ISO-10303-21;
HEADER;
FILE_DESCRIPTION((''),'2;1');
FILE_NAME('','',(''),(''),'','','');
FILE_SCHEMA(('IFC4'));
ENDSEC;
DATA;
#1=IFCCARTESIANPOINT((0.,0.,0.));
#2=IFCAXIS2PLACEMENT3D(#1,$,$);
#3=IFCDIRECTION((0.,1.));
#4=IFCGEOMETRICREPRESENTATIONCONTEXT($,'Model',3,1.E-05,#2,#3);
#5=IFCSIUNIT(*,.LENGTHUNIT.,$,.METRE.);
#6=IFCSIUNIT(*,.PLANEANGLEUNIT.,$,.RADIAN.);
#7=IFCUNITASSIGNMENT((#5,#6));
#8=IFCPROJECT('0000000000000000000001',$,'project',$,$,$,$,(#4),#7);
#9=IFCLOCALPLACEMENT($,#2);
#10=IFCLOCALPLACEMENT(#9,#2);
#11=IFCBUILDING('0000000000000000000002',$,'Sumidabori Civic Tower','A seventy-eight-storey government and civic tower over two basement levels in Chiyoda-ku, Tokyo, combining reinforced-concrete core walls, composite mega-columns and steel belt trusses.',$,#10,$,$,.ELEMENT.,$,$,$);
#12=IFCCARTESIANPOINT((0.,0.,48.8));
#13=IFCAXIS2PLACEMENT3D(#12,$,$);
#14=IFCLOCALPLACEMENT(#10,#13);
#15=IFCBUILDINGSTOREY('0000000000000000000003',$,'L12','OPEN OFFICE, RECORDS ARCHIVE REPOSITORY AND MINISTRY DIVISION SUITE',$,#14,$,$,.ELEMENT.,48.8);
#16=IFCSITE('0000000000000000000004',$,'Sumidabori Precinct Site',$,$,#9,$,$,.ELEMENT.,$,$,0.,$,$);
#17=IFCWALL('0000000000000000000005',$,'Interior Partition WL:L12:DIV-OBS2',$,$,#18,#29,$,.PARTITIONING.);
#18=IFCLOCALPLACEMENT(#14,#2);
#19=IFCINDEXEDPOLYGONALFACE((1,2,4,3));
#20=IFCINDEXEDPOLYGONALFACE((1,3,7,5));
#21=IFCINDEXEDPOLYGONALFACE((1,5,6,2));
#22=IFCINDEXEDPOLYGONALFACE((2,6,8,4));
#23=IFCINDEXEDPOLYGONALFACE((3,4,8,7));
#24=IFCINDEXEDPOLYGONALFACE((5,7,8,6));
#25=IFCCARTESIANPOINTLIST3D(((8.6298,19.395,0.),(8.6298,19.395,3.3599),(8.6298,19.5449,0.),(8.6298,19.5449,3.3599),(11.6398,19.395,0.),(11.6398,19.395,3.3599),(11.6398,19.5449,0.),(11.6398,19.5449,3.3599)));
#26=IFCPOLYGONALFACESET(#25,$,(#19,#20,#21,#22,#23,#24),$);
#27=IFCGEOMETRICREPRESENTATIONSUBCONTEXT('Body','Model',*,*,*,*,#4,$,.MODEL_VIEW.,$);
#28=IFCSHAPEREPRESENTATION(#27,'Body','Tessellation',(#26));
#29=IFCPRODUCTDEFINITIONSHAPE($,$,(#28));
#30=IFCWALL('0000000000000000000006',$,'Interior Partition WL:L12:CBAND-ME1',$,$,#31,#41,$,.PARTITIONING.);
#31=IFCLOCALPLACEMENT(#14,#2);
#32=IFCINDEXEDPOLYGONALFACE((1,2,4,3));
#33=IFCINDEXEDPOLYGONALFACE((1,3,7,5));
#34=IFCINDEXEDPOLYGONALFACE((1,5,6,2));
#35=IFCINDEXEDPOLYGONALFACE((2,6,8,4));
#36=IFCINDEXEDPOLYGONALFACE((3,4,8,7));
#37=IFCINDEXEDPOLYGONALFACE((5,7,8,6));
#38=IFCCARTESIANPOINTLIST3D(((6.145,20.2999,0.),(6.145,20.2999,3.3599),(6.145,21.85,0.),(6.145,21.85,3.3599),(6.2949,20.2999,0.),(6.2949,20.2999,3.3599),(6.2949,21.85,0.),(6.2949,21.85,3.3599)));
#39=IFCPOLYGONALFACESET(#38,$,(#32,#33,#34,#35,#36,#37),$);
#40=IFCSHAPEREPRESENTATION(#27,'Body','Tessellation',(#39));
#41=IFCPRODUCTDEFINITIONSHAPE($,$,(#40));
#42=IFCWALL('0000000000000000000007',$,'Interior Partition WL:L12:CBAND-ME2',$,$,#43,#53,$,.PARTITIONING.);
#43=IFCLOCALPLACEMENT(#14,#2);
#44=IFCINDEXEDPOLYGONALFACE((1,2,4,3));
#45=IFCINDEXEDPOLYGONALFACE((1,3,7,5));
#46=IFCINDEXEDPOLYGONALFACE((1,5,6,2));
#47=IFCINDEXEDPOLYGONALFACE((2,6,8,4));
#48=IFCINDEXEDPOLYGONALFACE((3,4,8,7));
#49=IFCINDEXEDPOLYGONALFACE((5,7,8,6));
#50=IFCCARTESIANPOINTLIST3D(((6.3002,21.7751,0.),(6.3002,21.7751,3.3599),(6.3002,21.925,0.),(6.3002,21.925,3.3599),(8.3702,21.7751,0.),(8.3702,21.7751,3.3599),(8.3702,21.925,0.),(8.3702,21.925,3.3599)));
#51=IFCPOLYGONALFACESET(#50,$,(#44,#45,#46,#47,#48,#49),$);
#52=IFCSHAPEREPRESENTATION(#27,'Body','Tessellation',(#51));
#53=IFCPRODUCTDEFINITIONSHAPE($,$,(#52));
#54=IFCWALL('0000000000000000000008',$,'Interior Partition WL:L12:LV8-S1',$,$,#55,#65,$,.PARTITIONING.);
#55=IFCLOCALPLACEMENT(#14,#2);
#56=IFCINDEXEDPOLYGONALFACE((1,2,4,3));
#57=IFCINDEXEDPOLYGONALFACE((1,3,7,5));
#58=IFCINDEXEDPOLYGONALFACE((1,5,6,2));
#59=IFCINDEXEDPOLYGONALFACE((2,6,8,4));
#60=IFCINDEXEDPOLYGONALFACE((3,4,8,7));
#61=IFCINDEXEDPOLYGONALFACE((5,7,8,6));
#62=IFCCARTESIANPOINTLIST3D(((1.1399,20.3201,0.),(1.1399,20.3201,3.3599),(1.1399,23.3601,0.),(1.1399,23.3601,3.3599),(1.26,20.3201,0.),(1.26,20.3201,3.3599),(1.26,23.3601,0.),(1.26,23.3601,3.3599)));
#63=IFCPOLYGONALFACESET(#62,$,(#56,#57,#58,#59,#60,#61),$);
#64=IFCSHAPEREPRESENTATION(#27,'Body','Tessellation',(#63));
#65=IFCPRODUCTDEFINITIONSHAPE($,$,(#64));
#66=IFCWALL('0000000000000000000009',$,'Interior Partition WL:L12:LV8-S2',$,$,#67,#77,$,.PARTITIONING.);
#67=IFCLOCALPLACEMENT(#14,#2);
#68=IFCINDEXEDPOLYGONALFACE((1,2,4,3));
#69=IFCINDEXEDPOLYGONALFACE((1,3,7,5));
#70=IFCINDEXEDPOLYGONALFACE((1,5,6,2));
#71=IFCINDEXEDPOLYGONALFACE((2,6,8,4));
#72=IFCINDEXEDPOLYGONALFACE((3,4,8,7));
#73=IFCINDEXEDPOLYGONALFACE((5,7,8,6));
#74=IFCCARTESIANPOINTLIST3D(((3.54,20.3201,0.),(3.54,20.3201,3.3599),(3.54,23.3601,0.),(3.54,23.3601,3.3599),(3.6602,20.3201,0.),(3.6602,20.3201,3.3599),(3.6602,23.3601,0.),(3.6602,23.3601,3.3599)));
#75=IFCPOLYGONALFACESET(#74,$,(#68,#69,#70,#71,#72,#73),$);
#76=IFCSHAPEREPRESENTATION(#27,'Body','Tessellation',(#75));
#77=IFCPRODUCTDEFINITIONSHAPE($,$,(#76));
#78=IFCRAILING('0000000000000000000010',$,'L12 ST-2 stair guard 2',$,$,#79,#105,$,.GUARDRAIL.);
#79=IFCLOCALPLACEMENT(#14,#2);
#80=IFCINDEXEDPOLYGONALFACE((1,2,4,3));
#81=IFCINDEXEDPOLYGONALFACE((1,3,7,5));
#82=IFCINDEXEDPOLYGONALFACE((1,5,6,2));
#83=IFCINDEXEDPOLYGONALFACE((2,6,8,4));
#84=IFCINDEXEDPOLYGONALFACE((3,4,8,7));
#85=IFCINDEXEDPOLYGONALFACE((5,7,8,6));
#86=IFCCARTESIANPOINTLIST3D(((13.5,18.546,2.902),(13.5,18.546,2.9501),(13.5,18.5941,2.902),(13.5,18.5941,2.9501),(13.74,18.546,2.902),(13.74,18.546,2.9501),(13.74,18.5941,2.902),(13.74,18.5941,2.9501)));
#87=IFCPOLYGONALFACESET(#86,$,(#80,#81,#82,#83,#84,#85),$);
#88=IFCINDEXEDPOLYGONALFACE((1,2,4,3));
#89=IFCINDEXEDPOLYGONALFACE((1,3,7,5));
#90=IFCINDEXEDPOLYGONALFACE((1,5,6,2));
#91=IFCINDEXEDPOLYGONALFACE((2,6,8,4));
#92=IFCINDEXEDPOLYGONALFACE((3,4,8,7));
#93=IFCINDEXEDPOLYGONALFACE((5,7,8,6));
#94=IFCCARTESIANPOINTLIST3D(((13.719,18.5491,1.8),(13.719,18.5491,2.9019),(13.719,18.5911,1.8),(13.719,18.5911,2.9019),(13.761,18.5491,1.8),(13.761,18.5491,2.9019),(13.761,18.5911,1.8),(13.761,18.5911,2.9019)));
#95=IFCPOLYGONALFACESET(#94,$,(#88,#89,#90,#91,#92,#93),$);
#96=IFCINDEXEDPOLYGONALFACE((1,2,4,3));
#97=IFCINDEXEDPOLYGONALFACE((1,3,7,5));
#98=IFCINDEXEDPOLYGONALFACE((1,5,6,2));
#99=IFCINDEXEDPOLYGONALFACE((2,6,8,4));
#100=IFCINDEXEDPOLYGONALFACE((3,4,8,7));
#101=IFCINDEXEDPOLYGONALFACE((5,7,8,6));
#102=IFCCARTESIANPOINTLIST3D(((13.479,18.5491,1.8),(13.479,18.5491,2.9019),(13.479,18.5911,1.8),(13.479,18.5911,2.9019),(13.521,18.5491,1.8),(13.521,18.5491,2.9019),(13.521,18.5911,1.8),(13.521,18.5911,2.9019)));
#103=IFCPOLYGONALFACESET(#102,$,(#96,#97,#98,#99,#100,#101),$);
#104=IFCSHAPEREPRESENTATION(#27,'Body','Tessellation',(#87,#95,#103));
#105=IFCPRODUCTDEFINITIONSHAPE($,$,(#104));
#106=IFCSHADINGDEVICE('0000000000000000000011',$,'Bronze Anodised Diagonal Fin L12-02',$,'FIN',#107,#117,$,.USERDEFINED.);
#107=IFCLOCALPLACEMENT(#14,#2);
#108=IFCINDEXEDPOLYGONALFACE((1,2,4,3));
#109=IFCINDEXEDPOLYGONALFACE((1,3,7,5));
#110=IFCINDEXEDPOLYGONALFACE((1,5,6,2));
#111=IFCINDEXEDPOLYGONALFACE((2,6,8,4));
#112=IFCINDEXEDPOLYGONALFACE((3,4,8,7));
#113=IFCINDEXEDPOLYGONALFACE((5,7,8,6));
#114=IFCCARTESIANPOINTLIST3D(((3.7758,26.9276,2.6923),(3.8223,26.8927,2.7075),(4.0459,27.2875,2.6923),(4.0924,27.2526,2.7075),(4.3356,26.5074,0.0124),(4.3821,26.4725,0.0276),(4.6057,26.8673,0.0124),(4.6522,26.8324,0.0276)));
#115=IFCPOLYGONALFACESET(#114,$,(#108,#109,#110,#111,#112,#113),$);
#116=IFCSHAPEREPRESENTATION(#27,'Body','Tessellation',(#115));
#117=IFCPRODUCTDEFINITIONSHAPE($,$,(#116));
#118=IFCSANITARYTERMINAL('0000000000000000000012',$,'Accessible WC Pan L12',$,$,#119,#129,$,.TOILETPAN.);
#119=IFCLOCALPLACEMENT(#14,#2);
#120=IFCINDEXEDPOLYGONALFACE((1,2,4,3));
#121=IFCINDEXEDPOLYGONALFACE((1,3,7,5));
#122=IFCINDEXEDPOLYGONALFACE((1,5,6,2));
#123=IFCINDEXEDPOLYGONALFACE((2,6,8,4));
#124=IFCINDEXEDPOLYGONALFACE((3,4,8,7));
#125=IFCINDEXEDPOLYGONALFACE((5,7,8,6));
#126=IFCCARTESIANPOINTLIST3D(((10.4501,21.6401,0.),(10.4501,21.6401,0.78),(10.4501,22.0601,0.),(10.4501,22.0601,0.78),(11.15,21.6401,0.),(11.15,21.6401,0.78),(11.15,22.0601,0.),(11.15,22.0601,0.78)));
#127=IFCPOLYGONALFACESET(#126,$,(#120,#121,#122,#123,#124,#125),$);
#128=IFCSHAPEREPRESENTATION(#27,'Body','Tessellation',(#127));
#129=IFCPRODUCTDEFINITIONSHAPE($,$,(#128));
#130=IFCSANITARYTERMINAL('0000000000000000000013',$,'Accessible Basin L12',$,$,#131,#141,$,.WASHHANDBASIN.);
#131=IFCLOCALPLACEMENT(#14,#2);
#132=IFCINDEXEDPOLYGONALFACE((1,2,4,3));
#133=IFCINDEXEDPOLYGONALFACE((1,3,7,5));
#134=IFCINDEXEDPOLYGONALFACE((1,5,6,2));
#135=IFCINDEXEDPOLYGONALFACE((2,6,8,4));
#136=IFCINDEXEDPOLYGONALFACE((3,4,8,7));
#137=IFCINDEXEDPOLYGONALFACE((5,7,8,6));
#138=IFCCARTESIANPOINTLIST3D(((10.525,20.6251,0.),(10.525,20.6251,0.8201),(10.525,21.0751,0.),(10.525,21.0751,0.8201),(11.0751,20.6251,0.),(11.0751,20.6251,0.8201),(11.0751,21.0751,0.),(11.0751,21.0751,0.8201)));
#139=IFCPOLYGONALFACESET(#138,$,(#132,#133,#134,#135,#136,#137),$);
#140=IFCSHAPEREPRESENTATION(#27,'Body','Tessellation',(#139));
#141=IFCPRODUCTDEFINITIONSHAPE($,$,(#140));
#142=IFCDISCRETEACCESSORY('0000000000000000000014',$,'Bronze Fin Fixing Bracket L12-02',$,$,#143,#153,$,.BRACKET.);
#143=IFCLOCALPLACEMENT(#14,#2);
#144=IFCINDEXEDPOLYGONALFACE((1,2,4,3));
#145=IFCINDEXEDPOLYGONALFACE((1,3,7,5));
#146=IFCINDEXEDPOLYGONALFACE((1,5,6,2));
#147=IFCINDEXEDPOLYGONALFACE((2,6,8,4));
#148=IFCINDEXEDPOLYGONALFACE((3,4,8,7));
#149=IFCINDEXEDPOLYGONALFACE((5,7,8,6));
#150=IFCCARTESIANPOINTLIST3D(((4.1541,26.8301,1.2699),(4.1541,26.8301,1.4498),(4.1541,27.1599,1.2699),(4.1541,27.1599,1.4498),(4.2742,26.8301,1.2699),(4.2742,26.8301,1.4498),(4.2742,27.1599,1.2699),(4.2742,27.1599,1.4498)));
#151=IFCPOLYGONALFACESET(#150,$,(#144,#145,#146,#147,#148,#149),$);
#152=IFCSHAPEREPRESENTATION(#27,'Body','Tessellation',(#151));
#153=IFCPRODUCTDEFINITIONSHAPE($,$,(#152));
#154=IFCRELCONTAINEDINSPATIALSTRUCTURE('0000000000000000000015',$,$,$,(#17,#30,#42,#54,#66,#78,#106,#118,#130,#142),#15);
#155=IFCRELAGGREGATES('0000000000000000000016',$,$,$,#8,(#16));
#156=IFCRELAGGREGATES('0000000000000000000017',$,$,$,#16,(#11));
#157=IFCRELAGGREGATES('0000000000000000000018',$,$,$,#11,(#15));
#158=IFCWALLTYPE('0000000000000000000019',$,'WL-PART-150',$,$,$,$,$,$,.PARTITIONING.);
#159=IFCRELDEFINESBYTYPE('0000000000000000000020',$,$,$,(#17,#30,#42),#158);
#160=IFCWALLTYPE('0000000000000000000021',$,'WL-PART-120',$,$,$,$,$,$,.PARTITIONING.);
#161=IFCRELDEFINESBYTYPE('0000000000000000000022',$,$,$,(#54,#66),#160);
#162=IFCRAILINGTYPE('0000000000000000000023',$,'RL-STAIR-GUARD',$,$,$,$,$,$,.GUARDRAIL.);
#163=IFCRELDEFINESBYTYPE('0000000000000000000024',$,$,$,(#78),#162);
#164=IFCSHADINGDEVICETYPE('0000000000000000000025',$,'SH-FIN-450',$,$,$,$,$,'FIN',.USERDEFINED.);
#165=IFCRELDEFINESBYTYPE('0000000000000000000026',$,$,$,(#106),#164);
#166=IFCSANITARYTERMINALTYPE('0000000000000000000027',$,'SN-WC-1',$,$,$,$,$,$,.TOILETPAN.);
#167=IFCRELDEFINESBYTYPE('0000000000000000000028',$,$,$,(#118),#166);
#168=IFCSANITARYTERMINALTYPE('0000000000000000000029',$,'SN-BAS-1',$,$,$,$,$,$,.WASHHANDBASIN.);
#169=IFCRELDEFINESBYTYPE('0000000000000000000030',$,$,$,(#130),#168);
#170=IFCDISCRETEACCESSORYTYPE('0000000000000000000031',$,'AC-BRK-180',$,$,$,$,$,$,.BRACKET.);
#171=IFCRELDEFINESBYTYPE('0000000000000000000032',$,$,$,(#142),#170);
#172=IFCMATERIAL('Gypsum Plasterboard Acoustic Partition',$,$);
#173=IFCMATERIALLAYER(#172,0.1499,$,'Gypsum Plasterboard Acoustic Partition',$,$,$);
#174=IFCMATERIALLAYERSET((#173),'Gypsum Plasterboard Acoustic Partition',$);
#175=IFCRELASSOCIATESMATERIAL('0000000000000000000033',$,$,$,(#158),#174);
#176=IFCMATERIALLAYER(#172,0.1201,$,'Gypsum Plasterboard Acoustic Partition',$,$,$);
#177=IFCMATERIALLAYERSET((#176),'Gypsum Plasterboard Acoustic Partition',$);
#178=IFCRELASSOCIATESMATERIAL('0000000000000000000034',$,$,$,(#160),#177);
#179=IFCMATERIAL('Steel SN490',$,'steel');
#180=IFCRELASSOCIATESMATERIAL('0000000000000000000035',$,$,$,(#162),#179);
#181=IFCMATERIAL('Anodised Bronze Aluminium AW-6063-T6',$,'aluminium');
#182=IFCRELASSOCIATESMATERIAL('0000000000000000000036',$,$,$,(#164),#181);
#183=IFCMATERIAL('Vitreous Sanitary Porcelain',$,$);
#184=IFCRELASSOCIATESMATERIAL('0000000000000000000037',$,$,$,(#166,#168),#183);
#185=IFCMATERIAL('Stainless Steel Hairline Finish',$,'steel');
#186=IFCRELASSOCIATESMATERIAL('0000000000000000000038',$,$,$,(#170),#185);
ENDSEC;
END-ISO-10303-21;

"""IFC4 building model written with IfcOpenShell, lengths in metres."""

from ifc_helpers import new_model, si_unit, direction, frame, frame_2d, origin, origin_2d, place, context, subcontext, project, spatial, rectangle, extrude, source, transform, mapped, material, layer, layer_set, material_profile, profile_set, type_object, element, save


model = new_model("IFC4")

# Units and contexts
model_context = context("Model", 3, precision=1e-05, world=origin(), true_north=direction((0.0, 1.0)))
body_context = subcontext(model_context, "Body", "Model", "MODEL_VIEW")
ifc_project = project(units=[si_unit("LENGTHUNIT", "METRE"), si_unit("PLANEANGLEUNIT", "RADIAN")], contexts=[model_context])

# Site, building, storey
site_placement = place(None, origin())
site = spatial("IfcSite", under=ifc_project, at=site_placement, Name="Sumidabori Precinct Site", CompositionType="ELEMENT", RefElevation=0.0)
building_placement = place(site_placement, origin())
building = spatial("IfcBuilding", under=site, at=building_placement, Name="Sumidabori Civic Tower", Description="A seventy-eight-storey government and civic tower over two basement levels in Chiyoda-ku, Tokyo, combining reinforced-concrete core walls, composite mega-columns and steel belt trusses.", CompositionType="ELEMENT")
storey_placement = place(building_placement, frame((0.0, 0.0, 48.8)))
storey = spatial("IfcBuildingStorey", under=building, at=storey_placement, Name="L12", Description="OPEN OFFICE, RECORDS ARCHIVE REPOSITORY AND MINISTRY DIVISION SUITE", CompositionType="ELEMENT", Elevation=48.8)

# Shared definitions
ifc_material_1 = material(Name="Steel SN490", Category="steel")

# Shared definitions
ifc_material_2 = material(Name="Anodised Bronze Aluminium AW-6063-T6", Category="aluminium")

# Walls
ifc_material_3 = material(Name="Gypsum Plasterboard Acoustic Partition")
ifc_layer_1 = layer(ifc_material_3, 0.1499, Name="Gypsum Plasterboard Acoustic Partition")
ifc_layer_set_1 = layer_set([ifc_layer_1], Name="Gypsum Plasterboard Acoustic Partition")
wall_type_1 = type_object("IfcWallType", Name="WL-PART-150", PredefinedType="PARTITIONING", material=ifc_layer_set_1)
shared_shape_1 = source(origin(), body_context, "Body", "SweptSolid", [
    extrude(rectangle(XDim=3.01, YDim=0.1499, at=frame_2d((1.5049, 0.0))), origin(), (0.0, 0.0, 1.0), 3.3599),
])
wall_1_placement = place(storey_placement, frame((8.6299, 19.47, 0.0), z_axis=(0.0, 0.0, 1.0), x_axis=(1.0, 0.0, 0.0)))
element("IfcWall", 1, at=wall_1_placement, inside=storey, type_object=wall_type_1, Name="Interior Partition WL:L12:DIV-OBS2", PredefinedType="PARTITIONING", context=body_context, shape_type="MappedRepresentation", body=[
    mapped(shared_shape_1, transform((0.0, 0.0, 0.0), x_axis=(1.0, 0.0, 0.0), y_axis=(0.0, 1.0, 0.0), z_axis=(0.0, 0.0, 1.0), scale=1.0)),
])
shared_shape_2 = source(origin(), body_context, "Body", "SweptSolid", [
    extrude(rectangle(XDim=1.55, YDim=0.1499, at=frame_2d((0.7749, 0.0))), origin(), (0.0, 0.0, 1.0), 3.3599),
])
wall_2_placement = place(storey_placement, frame((6.22, 20.3, 0.0), z_axis=(0.0, 0.0, 1.0), x_axis=(0.0, 1.0, 0.0)))
element("IfcWall", 2, at=wall_2_placement, inside=storey, type_object=wall_type_1, Name="Interior Partition WL:L12:CBAND-ME1", PredefinedType="PARTITIONING", context=body_context, shape_type="MappedRepresentation", body=[
    mapped(shared_shape_2, transform((0.0, 0.0, 0.0), x_axis=(1.0, 0.0, 0.0), y_axis=(0.0, 1.0, 0.0), z_axis=(0.0, 0.0, 1.0), scale=1.0)),
])
shared_shape_3 = source(origin(), body_context, "Body", "SweptSolid", [
    extrude(rectangle(XDim=2.0701, YDim=0.1499, at=frame_2d((1.0352, 0.0))), origin(), (0.0, 0.0, 1.0), 3.3599),
])
wall_3_placement = place(storey_placement, frame((6.3, 21.8501, 0.0), z_axis=(0.0, 0.0, 1.0), x_axis=(1.0, 0.0, 0.0)))
element("IfcWall", 3, at=wall_3_placement, inside=storey, type_object=wall_type_1, Name="Interior Partition WL:L12:CBAND-ME2", PredefinedType="PARTITIONING", context=body_context, shape_type="MappedRepresentation", body=[
    mapped(shared_shape_3, transform((0.0, 0.0, 0.0), x_axis=(1.0, 0.0, 0.0), y_axis=(0.0, 1.0, 0.0), z_axis=(0.0, 0.0, 1.0), scale=1.0)),
])
ifc_layer_2 = layer(ifc_material_3, 0.1201, Name="Gypsum Plasterboard Acoustic Partition")
ifc_layer_set_2 = layer_set([ifc_layer_2], Name="Gypsum Plasterboard Acoustic Partition")
wall_type_2 = type_object("IfcWallType", Name="WL-PART-120", PredefinedType="PARTITIONING", material=ifc_layer_set_2)
shared_shape_4 = source(origin(), body_context, "Body", "SweptSolid", [
    extrude(rectangle(XDim=3.04, YDim=0.1201, at=frame_2d((1.52, 0.0))), origin(), (0.0, 0.0, 1.0), 3.3599),
])
for number, where, z_axis, x_axis, name in (
    (4, (1.2, 20.3201, 0.0), (0.0, 0.0, 1.0), (0.0, 1.0, 0.0), "Interior Partition WL:L12:LV8-S1"),
    (5, (3.6001, 20.3201, 0.0), (0.0, 0.0, 1.0), (0.0, 1.0, 0.0), "Interior Partition WL:L12:LV8-S2"),
):
    element("IfcWall", number, at=place(storey_placement, frame(where, z_axis=z_axis, x_axis=x_axis)), inside=storey, type_object=wall_type_2, Name=name, PredefinedType="PARTITIONING", context=body_context, shape_type="MappedRepresentation", body=[
        mapped(shared_shape_4, transform((0.0, 0.0, 0.0), x_axis=(1.0, 0.0, 0.0), y_axis=(0.0, 1.0, 0.0), z_axis=(0.0, 0.0, 1.0), scale=1.0)),
    ])

# Railing
railing_type = type_object("IfcRailingType", Name="RL-STAIR-GUARD", PredefinedType="GUARDRAIL", material=ifc_material_1)
railing_placement = place(storey_placement, frame((13.74, 18.5701, 1.8)))
element("IfcRailing", 6, at=railing_placement, inside=storey, type_object=railing_type, Name="L12 ST-2 stair guard 2", PredefinedType="GUARDRAIL", context=body_context, shape_type="SweptSolid", body=[
    extrude(rectangle(XDim=0.0481, YDim=0.0481, at=origin_2d()), frame((0.0, 0.0, 1.126), z_axis=(-1.0, 0.0, 0.0), x_axis=(0.0, -1.0, 0.0)), (0.0, 0.0, 1.0), 0.24),
    extrude(rectangle(XDim=0.042, YDim=0.042, at=origin_2d()), origin(), (0.0, 0.0, 1.0), 1.1018),
    extrude(rectangle(XDim=0.042, YDim=0.042, at=origin_2d()), frame((-0.24, 0.0, 0.0)), (0.0, 0.0, 1.0), 1.1018),
])

# Shading device
ifc_material_profile_1 = material_profile(ifc_material_2, rectangle(XDim=0.0601, YDim=0.45, at=origin_2d()), Name="BRONZE FIN 450x60")
ifc_profile_set_1 = profile_set([ifc_material_profile_1], Name="Anodised Bronze Aluminium AW-6063-T6")
shading_device_type = type_object("IfcShadingDeviceType", Name="SH-FIN-450", ElementType="FIN", PredefinedType="USERDEFINED", material=ifc_profile_set_1)
shared_shape_5 = source(origin(), body_context, "Body", "SweptSolid", [
    extrude(rectangle(XDim=0.0601, YDim=0.45, at=origin_2d()), origin(), (0.0, 0.0, 1.0), 2.7698),
])
shading_device_placement = place(storey_placement, frame((4.4939, 26.6699, 0.02), z_axis=(-0.202111, 0.151694, 0.967543), x_axis=(0.773832, -0.580796, 0.252705)))
element("IfcShadingDevice", 7, at=shading_device_placement, inside=storey, type_object=shading_device_type, Name="Bronze Anodised Diagonal Fin L12-02", ObjectType="FIN", PredefinedType="USERDEFINED", context=body_context, shape_type="MappedRepresentation", body=[
    mapped(shared_shape_5, transform((0.0, 0.0, 0.0), x_axis=(1.0, 0.0, 0.0), y_axis=(0.0, 1.0, 0.0), z_axis=(0.0, 0.0, 1.0), scale=1.0)),
])

# Sanitary terminals
ifc_material_4 = material(Name="Vitreous Sanitary Porcelain")
sanitary_terminal_type_1 = type_object("IfcSanitaryTerminalType", Name="SN-WC-1", PredefinedType="TOILETPAN", material=ifc_material_4)
shared_shape_6 = source(origin(), body_context, "Body", "SweptSolid", [
    extrude(rectangle(XDim=0.7, YDim=0.4199, at=origin_2d()), origin(), (0.0, 0.0, 1.0), 0.78),
])
sanitary_terminal_1_placement = place(storey_placement, frame((10.8, 21.8501, 0.0), z_axis=(0.0, 0.0, 1.0), x_axis=(1.0, 0.0, 0.0)))
element("IfcSanitaryTerminal", 8, at=sanitary_terminal_1_placement, inside=storey, type_object=sanitary_terminal_type_1, Name="Accessible WC Pan L12", PredefinedType="TOILETPAN", context=body_context, shape_type="MappedRepresentation", body=[
    mapped(shared_shape_6, transform((0.0, 0.0, 0.0), x_axis=(1.0, 0.0, 0.0), y_axis=(0.0, 1.0, 0.0), z_axis=(0.0, 0.0, 1.0), scale=1.0)),
])
sanitary_terminal_type_2 = type_object("IfcSanitaryTerminalType", Name="SN-BAS-1", PredefinedType="WASHHANDBASIN", material=ifc_material_4)
shared_shape_7 = source(origin(), body_context, "Body", "SweptSolid", [
    extrude(rectangle(XDim=0.55, YDim=0.45, at=origin_2d()), origin(), (0.0, 0.0, 1.0), 0.8201),
])
sanitary_terminal_2_placement = place(storey_placement, frame((10.8, 20.8501, 0.0), z_axis=(0.0, 0.0, 1.0), x_axis=(1.0, 0.0, 0.0)))
element("IfcSanitaryTerminal", 9, at=sanitary_terminal_2_placement, inside=storey, type_object=sanitary_terminal_type_2, Name="Accessible Basin L12", PredefinedType="WASHHANDBASIN", context=body_context, shape_type="MappedRepresentation", body=[
    mapped(shared_shape_7, transform((0.0, 0.0, 0.0), x_axis=(1.0, 0.0, 0.0), y_axis=(0.0, 1.0, 0.0), z_axis=(0.0, 0.0, 1.0), scale=1.0)),
])

# Discrete accessory
ifc_material_5 = material(Name="Stainless Steel Hairline Finish", Category="steel")
ifc_material_profile_2 = material_profile(ifc_material_5, rectangle(XDim=0.1201, YDim=0.1799, at=origin_2d()), Name="STEEL BRACKET 180x120")
ifc_profile_set_2 = profile_set([ifc_material_profile_2], Name="Stainless Steel Hairline Finish")
discrete_accessory_type = type_object("IfcDiscreteAccessoryType", Name="AC-BRK-180", PredefinedType="BRACKET", material=ifc_profile_set_2)
shared_shape_8 = source(origin(), body_context, "Body", "SweptSolid", [
    extrude(rectangle(XDim=0.1201, YDim=0.1799, at=origin_2d()), origin(), (0.0, 0.0, 1.0), 0.3298),
])
discrete_accessory_placement = place(storey_placement, frame((4.2141, 26.8301, 1.3599), z_axis=(0.0, 1.0, 0.0), x_axis=(-1.0, 0.0, 0.0)))
element("IfcDiscreteAccessory", 10, at=discrete_accessory_placement, inside=storey, type_object=discrete_accessory_type, Name="Bronze Fin Fixing Bracket L12-02", PredefinedType="BRACKET", context=body_context, shape_type="MappedRepresentation", body=[
    mapped(shared_shape_8, transform((0.0, 0.0, 0.0), x_axis=(1.0, 0.0, 0.0), y_axis=(0.0, 1.0, 0.0), z_axis=(0.0, 0.0, 1.0), scale=1.0)),
])

save(model, "model.ifc")
